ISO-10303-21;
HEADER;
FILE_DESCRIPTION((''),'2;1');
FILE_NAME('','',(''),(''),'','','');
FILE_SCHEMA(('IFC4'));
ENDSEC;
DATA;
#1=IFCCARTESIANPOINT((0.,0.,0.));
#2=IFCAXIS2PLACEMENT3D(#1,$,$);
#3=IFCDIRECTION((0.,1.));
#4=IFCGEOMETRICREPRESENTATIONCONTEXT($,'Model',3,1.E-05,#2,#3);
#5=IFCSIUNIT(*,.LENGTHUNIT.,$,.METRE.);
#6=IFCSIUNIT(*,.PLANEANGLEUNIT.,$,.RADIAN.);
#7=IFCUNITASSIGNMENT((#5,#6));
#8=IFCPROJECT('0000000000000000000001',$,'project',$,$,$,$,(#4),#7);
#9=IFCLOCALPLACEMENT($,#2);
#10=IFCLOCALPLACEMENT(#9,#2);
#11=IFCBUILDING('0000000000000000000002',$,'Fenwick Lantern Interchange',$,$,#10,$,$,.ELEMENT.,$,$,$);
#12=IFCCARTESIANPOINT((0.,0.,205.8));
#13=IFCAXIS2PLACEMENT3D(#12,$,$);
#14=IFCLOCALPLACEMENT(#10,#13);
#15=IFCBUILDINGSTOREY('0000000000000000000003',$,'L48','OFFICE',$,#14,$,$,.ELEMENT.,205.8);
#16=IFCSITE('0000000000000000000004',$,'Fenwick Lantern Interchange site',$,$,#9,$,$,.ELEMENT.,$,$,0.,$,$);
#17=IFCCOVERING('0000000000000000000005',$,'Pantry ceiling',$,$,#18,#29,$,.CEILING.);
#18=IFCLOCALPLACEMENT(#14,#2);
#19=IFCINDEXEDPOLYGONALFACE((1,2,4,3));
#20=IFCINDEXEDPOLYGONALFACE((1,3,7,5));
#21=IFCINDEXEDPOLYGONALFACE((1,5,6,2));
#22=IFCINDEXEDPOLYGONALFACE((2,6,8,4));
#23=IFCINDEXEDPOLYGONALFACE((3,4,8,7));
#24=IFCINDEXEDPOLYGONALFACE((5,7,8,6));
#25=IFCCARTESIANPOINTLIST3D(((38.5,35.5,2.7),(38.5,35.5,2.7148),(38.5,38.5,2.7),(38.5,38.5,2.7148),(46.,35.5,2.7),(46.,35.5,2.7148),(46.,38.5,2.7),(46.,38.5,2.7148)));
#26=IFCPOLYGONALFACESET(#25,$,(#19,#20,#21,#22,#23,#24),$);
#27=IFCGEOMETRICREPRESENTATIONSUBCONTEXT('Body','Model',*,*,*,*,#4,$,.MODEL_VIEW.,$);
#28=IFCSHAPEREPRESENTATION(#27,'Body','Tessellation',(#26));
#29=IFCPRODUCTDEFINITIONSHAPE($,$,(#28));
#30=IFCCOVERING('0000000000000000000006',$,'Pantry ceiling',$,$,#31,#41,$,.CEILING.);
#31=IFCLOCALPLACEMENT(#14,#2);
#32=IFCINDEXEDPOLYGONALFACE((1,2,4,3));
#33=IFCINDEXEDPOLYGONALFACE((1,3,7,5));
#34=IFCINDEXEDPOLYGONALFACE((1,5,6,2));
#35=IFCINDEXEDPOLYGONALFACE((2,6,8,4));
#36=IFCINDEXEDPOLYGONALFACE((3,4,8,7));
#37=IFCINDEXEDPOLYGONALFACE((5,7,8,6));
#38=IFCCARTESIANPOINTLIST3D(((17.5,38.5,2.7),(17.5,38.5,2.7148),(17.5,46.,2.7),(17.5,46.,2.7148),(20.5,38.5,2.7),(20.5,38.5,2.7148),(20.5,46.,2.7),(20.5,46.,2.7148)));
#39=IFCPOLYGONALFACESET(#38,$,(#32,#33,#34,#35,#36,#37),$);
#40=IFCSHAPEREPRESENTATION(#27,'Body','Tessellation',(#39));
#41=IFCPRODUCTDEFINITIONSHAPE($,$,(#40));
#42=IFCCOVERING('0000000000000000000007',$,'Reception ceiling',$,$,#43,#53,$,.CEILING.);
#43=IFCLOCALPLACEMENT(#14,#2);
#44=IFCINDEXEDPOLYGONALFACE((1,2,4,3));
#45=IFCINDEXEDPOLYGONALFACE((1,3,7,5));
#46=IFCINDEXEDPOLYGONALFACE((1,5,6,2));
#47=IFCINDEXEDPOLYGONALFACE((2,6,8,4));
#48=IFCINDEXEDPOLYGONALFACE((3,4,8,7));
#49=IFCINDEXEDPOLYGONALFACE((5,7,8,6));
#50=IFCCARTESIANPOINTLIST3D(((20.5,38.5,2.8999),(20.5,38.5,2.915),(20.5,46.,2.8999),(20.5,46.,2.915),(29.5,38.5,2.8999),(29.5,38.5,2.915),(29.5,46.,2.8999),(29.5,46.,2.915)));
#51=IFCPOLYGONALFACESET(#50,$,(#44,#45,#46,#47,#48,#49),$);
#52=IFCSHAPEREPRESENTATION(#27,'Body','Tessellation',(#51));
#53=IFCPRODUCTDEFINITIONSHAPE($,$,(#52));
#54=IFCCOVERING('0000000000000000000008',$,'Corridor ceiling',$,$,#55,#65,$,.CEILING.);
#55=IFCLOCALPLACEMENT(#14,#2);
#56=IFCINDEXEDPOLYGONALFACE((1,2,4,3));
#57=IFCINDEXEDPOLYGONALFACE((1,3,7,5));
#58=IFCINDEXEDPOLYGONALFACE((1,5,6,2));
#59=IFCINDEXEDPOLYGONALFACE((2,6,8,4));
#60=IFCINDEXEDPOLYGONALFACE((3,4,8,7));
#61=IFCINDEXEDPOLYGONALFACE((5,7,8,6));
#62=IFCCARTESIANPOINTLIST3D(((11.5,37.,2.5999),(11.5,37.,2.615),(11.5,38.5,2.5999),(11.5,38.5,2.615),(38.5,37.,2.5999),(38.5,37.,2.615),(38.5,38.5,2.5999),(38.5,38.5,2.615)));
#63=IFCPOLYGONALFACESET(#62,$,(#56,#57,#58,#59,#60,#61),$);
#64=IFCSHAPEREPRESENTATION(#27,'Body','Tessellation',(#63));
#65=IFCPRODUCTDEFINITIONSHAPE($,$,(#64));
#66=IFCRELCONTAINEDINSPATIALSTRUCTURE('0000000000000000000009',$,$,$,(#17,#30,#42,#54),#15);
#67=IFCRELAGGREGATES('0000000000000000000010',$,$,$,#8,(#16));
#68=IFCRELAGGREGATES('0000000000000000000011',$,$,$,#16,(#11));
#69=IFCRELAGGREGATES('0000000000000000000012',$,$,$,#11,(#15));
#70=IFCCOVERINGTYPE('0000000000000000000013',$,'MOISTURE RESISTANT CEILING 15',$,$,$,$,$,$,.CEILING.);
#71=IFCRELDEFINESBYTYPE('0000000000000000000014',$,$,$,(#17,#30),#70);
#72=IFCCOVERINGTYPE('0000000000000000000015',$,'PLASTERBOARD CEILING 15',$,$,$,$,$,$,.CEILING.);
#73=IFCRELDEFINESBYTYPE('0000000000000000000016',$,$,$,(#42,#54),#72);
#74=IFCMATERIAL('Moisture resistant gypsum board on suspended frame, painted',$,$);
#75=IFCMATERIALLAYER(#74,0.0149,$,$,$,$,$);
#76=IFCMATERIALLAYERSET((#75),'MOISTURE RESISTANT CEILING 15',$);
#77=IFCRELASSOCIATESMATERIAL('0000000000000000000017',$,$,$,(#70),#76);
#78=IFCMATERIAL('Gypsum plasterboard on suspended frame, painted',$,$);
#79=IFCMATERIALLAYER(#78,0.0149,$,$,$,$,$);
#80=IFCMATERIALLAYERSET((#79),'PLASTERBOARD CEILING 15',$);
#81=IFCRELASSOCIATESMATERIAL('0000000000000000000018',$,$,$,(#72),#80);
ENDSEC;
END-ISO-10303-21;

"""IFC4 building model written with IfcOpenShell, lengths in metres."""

from ifc_helpers import new_model, si_unit, direction, frame, origin, place, context, subcontext, project, spatial, polyline, outline, extrude, material, layer, layer_set, type_object, element, save


model = new_model("IFC4")

# Units and contexts
model_context = context("Model", 3, precision=1e-05, world=origin(), true_north=direction((0.0, 1.0)))
body_context = subcontext(model_context, "Body", "Model", "MODEL_VIEW")
ifc_project = project(units=[si_unit("LENGTHUNIT", "METRE"), si_unit("PLANEANGLEUNIT", "RADIAN")], contexts=[model_context])

# Site, building, storey
site_placement = place(None, origin())
site = spatial("IfcSite", under=ifc_project, at=site_placement, Name="Fenwick Lantern Interchange site", CompositionType="ELEMENT", RefElevation=0.0)
building_placement = place(site_placement, origin())
building = spatial("IfcBuilding", under=site, at=building_placement, Name="Fenwick Lantern Interchange", CompositionType="ELEMENT")
storey_placement = place(building_placement, frame((0.0, 0.0, 205.8)))
storey = spatial("IfcBuildingStorey", under=building, at=storey_placement, Name="L48", Description="OFFICE", CompositionType="ELEMENT", Elevation=205.8)

# Coverings
ifc_material_1 = material(Name="Moisture resistant gypsum board on suspended frame, painted")
ifc_layer_1 = layer(ifc_material_1, 0.0149)
ifc_layer_set_1 = layer_set([ifc_layer_1], Name="MOISTURE RESISTANT CEILING 15")
covering_type_1 = type_object("IfcCoveringType", Name="MOISTURE RESISTANT CEILING 15", PredefinedType="CEILING", material=ifc_layer_set_1)
covering_1_placement = place(storey_placement, frame((0.0, 0.0, 2.7)))
element("IfcCovering", 1, at=covering_1_placement, inside=storey, type_object=covering_type_1, Name="Pantry ceiling", PredefinedType="CEILING", context=body_context, shape_type="SweptSolid", body=[
    extrude(outline(polyline([(46.0, 35.5), (46.0, 38.5), (38.5, 38.5), (38.5, 35.5), (46.0, 35.5)])), origin(), (0.0, 0.0, 1.0), 0.0149),
])
covering_2_placement = place(storey_placement, frame((0.0, 0.0, 2.7)))
element("IfcCovering", 2, at=covering_2_placement, inside=storey, type_object=covering_type_1, Name="Pantry ceiling", PredefinedType="CEILING", context=body_context, shape_type="SweptSolid", body=[
    extrude(outline(polyline([(20.5, 46.0), (17.5, 46.0), (17.5, 38.5), (20.5, 38.5), (20.5, 46.0)])), origin(), (0.0, 0.0, 1.0), 0.0149),
])
ifc_material_2 = material(Name="Gypsum plasterboard on suspended frame, painted")
ifc_layer_2 = layer(ifc_material_2, 0.0149)
ifc_layer_set_2 = layer_set([ifc_layer_2], Name="PLASTERBOARD CEILING 15")
covering_type_2 = type_object("IfcCoveringType", Name="PLASTERBOARD CEILING 15", PredefinedType="CEILING", material=ifc_layer_set_2)
covering_3_placement = place(storey_placement, frame((0.0, 0.0, 2.8999)))
element("IfcCovering", 3, at=covering_3_placement, inside=storey, type_object=covering_type_2, Name="Reception ceiling", PredefinedType="CEILING", context=body_context, shape_type="SweptSolid", body=[
    extrude(outline(polyline([(29.5, 46.0), (20.5, 46.0), (20.5, 38.5), (29.5, 38.5), (29.5, 46.0)])), origin(), (0.0, 0.0, 1.0), 0.0151),
])
covering_4_placement = place(storey_placement, frame((0.0, 0.0, 2.5999)))
element("IfcCovering", 4, at=covering_4_placement, inside=storey, type_object=covering_type_2, Name="Corridor ceiling", PredefinedType="CEILING", context=body_context, shape_type="SweptSolid", body=[
    extrude(outline(polyline([(11.5, 38.5), (11.5, 37.0), (38.5, 37.0), (38.5, 38.5), (11.5, 38.5)])), origin(), (0.0, 0.0, 1.0), 0.0151),
])

save(model, "model.ifc")
